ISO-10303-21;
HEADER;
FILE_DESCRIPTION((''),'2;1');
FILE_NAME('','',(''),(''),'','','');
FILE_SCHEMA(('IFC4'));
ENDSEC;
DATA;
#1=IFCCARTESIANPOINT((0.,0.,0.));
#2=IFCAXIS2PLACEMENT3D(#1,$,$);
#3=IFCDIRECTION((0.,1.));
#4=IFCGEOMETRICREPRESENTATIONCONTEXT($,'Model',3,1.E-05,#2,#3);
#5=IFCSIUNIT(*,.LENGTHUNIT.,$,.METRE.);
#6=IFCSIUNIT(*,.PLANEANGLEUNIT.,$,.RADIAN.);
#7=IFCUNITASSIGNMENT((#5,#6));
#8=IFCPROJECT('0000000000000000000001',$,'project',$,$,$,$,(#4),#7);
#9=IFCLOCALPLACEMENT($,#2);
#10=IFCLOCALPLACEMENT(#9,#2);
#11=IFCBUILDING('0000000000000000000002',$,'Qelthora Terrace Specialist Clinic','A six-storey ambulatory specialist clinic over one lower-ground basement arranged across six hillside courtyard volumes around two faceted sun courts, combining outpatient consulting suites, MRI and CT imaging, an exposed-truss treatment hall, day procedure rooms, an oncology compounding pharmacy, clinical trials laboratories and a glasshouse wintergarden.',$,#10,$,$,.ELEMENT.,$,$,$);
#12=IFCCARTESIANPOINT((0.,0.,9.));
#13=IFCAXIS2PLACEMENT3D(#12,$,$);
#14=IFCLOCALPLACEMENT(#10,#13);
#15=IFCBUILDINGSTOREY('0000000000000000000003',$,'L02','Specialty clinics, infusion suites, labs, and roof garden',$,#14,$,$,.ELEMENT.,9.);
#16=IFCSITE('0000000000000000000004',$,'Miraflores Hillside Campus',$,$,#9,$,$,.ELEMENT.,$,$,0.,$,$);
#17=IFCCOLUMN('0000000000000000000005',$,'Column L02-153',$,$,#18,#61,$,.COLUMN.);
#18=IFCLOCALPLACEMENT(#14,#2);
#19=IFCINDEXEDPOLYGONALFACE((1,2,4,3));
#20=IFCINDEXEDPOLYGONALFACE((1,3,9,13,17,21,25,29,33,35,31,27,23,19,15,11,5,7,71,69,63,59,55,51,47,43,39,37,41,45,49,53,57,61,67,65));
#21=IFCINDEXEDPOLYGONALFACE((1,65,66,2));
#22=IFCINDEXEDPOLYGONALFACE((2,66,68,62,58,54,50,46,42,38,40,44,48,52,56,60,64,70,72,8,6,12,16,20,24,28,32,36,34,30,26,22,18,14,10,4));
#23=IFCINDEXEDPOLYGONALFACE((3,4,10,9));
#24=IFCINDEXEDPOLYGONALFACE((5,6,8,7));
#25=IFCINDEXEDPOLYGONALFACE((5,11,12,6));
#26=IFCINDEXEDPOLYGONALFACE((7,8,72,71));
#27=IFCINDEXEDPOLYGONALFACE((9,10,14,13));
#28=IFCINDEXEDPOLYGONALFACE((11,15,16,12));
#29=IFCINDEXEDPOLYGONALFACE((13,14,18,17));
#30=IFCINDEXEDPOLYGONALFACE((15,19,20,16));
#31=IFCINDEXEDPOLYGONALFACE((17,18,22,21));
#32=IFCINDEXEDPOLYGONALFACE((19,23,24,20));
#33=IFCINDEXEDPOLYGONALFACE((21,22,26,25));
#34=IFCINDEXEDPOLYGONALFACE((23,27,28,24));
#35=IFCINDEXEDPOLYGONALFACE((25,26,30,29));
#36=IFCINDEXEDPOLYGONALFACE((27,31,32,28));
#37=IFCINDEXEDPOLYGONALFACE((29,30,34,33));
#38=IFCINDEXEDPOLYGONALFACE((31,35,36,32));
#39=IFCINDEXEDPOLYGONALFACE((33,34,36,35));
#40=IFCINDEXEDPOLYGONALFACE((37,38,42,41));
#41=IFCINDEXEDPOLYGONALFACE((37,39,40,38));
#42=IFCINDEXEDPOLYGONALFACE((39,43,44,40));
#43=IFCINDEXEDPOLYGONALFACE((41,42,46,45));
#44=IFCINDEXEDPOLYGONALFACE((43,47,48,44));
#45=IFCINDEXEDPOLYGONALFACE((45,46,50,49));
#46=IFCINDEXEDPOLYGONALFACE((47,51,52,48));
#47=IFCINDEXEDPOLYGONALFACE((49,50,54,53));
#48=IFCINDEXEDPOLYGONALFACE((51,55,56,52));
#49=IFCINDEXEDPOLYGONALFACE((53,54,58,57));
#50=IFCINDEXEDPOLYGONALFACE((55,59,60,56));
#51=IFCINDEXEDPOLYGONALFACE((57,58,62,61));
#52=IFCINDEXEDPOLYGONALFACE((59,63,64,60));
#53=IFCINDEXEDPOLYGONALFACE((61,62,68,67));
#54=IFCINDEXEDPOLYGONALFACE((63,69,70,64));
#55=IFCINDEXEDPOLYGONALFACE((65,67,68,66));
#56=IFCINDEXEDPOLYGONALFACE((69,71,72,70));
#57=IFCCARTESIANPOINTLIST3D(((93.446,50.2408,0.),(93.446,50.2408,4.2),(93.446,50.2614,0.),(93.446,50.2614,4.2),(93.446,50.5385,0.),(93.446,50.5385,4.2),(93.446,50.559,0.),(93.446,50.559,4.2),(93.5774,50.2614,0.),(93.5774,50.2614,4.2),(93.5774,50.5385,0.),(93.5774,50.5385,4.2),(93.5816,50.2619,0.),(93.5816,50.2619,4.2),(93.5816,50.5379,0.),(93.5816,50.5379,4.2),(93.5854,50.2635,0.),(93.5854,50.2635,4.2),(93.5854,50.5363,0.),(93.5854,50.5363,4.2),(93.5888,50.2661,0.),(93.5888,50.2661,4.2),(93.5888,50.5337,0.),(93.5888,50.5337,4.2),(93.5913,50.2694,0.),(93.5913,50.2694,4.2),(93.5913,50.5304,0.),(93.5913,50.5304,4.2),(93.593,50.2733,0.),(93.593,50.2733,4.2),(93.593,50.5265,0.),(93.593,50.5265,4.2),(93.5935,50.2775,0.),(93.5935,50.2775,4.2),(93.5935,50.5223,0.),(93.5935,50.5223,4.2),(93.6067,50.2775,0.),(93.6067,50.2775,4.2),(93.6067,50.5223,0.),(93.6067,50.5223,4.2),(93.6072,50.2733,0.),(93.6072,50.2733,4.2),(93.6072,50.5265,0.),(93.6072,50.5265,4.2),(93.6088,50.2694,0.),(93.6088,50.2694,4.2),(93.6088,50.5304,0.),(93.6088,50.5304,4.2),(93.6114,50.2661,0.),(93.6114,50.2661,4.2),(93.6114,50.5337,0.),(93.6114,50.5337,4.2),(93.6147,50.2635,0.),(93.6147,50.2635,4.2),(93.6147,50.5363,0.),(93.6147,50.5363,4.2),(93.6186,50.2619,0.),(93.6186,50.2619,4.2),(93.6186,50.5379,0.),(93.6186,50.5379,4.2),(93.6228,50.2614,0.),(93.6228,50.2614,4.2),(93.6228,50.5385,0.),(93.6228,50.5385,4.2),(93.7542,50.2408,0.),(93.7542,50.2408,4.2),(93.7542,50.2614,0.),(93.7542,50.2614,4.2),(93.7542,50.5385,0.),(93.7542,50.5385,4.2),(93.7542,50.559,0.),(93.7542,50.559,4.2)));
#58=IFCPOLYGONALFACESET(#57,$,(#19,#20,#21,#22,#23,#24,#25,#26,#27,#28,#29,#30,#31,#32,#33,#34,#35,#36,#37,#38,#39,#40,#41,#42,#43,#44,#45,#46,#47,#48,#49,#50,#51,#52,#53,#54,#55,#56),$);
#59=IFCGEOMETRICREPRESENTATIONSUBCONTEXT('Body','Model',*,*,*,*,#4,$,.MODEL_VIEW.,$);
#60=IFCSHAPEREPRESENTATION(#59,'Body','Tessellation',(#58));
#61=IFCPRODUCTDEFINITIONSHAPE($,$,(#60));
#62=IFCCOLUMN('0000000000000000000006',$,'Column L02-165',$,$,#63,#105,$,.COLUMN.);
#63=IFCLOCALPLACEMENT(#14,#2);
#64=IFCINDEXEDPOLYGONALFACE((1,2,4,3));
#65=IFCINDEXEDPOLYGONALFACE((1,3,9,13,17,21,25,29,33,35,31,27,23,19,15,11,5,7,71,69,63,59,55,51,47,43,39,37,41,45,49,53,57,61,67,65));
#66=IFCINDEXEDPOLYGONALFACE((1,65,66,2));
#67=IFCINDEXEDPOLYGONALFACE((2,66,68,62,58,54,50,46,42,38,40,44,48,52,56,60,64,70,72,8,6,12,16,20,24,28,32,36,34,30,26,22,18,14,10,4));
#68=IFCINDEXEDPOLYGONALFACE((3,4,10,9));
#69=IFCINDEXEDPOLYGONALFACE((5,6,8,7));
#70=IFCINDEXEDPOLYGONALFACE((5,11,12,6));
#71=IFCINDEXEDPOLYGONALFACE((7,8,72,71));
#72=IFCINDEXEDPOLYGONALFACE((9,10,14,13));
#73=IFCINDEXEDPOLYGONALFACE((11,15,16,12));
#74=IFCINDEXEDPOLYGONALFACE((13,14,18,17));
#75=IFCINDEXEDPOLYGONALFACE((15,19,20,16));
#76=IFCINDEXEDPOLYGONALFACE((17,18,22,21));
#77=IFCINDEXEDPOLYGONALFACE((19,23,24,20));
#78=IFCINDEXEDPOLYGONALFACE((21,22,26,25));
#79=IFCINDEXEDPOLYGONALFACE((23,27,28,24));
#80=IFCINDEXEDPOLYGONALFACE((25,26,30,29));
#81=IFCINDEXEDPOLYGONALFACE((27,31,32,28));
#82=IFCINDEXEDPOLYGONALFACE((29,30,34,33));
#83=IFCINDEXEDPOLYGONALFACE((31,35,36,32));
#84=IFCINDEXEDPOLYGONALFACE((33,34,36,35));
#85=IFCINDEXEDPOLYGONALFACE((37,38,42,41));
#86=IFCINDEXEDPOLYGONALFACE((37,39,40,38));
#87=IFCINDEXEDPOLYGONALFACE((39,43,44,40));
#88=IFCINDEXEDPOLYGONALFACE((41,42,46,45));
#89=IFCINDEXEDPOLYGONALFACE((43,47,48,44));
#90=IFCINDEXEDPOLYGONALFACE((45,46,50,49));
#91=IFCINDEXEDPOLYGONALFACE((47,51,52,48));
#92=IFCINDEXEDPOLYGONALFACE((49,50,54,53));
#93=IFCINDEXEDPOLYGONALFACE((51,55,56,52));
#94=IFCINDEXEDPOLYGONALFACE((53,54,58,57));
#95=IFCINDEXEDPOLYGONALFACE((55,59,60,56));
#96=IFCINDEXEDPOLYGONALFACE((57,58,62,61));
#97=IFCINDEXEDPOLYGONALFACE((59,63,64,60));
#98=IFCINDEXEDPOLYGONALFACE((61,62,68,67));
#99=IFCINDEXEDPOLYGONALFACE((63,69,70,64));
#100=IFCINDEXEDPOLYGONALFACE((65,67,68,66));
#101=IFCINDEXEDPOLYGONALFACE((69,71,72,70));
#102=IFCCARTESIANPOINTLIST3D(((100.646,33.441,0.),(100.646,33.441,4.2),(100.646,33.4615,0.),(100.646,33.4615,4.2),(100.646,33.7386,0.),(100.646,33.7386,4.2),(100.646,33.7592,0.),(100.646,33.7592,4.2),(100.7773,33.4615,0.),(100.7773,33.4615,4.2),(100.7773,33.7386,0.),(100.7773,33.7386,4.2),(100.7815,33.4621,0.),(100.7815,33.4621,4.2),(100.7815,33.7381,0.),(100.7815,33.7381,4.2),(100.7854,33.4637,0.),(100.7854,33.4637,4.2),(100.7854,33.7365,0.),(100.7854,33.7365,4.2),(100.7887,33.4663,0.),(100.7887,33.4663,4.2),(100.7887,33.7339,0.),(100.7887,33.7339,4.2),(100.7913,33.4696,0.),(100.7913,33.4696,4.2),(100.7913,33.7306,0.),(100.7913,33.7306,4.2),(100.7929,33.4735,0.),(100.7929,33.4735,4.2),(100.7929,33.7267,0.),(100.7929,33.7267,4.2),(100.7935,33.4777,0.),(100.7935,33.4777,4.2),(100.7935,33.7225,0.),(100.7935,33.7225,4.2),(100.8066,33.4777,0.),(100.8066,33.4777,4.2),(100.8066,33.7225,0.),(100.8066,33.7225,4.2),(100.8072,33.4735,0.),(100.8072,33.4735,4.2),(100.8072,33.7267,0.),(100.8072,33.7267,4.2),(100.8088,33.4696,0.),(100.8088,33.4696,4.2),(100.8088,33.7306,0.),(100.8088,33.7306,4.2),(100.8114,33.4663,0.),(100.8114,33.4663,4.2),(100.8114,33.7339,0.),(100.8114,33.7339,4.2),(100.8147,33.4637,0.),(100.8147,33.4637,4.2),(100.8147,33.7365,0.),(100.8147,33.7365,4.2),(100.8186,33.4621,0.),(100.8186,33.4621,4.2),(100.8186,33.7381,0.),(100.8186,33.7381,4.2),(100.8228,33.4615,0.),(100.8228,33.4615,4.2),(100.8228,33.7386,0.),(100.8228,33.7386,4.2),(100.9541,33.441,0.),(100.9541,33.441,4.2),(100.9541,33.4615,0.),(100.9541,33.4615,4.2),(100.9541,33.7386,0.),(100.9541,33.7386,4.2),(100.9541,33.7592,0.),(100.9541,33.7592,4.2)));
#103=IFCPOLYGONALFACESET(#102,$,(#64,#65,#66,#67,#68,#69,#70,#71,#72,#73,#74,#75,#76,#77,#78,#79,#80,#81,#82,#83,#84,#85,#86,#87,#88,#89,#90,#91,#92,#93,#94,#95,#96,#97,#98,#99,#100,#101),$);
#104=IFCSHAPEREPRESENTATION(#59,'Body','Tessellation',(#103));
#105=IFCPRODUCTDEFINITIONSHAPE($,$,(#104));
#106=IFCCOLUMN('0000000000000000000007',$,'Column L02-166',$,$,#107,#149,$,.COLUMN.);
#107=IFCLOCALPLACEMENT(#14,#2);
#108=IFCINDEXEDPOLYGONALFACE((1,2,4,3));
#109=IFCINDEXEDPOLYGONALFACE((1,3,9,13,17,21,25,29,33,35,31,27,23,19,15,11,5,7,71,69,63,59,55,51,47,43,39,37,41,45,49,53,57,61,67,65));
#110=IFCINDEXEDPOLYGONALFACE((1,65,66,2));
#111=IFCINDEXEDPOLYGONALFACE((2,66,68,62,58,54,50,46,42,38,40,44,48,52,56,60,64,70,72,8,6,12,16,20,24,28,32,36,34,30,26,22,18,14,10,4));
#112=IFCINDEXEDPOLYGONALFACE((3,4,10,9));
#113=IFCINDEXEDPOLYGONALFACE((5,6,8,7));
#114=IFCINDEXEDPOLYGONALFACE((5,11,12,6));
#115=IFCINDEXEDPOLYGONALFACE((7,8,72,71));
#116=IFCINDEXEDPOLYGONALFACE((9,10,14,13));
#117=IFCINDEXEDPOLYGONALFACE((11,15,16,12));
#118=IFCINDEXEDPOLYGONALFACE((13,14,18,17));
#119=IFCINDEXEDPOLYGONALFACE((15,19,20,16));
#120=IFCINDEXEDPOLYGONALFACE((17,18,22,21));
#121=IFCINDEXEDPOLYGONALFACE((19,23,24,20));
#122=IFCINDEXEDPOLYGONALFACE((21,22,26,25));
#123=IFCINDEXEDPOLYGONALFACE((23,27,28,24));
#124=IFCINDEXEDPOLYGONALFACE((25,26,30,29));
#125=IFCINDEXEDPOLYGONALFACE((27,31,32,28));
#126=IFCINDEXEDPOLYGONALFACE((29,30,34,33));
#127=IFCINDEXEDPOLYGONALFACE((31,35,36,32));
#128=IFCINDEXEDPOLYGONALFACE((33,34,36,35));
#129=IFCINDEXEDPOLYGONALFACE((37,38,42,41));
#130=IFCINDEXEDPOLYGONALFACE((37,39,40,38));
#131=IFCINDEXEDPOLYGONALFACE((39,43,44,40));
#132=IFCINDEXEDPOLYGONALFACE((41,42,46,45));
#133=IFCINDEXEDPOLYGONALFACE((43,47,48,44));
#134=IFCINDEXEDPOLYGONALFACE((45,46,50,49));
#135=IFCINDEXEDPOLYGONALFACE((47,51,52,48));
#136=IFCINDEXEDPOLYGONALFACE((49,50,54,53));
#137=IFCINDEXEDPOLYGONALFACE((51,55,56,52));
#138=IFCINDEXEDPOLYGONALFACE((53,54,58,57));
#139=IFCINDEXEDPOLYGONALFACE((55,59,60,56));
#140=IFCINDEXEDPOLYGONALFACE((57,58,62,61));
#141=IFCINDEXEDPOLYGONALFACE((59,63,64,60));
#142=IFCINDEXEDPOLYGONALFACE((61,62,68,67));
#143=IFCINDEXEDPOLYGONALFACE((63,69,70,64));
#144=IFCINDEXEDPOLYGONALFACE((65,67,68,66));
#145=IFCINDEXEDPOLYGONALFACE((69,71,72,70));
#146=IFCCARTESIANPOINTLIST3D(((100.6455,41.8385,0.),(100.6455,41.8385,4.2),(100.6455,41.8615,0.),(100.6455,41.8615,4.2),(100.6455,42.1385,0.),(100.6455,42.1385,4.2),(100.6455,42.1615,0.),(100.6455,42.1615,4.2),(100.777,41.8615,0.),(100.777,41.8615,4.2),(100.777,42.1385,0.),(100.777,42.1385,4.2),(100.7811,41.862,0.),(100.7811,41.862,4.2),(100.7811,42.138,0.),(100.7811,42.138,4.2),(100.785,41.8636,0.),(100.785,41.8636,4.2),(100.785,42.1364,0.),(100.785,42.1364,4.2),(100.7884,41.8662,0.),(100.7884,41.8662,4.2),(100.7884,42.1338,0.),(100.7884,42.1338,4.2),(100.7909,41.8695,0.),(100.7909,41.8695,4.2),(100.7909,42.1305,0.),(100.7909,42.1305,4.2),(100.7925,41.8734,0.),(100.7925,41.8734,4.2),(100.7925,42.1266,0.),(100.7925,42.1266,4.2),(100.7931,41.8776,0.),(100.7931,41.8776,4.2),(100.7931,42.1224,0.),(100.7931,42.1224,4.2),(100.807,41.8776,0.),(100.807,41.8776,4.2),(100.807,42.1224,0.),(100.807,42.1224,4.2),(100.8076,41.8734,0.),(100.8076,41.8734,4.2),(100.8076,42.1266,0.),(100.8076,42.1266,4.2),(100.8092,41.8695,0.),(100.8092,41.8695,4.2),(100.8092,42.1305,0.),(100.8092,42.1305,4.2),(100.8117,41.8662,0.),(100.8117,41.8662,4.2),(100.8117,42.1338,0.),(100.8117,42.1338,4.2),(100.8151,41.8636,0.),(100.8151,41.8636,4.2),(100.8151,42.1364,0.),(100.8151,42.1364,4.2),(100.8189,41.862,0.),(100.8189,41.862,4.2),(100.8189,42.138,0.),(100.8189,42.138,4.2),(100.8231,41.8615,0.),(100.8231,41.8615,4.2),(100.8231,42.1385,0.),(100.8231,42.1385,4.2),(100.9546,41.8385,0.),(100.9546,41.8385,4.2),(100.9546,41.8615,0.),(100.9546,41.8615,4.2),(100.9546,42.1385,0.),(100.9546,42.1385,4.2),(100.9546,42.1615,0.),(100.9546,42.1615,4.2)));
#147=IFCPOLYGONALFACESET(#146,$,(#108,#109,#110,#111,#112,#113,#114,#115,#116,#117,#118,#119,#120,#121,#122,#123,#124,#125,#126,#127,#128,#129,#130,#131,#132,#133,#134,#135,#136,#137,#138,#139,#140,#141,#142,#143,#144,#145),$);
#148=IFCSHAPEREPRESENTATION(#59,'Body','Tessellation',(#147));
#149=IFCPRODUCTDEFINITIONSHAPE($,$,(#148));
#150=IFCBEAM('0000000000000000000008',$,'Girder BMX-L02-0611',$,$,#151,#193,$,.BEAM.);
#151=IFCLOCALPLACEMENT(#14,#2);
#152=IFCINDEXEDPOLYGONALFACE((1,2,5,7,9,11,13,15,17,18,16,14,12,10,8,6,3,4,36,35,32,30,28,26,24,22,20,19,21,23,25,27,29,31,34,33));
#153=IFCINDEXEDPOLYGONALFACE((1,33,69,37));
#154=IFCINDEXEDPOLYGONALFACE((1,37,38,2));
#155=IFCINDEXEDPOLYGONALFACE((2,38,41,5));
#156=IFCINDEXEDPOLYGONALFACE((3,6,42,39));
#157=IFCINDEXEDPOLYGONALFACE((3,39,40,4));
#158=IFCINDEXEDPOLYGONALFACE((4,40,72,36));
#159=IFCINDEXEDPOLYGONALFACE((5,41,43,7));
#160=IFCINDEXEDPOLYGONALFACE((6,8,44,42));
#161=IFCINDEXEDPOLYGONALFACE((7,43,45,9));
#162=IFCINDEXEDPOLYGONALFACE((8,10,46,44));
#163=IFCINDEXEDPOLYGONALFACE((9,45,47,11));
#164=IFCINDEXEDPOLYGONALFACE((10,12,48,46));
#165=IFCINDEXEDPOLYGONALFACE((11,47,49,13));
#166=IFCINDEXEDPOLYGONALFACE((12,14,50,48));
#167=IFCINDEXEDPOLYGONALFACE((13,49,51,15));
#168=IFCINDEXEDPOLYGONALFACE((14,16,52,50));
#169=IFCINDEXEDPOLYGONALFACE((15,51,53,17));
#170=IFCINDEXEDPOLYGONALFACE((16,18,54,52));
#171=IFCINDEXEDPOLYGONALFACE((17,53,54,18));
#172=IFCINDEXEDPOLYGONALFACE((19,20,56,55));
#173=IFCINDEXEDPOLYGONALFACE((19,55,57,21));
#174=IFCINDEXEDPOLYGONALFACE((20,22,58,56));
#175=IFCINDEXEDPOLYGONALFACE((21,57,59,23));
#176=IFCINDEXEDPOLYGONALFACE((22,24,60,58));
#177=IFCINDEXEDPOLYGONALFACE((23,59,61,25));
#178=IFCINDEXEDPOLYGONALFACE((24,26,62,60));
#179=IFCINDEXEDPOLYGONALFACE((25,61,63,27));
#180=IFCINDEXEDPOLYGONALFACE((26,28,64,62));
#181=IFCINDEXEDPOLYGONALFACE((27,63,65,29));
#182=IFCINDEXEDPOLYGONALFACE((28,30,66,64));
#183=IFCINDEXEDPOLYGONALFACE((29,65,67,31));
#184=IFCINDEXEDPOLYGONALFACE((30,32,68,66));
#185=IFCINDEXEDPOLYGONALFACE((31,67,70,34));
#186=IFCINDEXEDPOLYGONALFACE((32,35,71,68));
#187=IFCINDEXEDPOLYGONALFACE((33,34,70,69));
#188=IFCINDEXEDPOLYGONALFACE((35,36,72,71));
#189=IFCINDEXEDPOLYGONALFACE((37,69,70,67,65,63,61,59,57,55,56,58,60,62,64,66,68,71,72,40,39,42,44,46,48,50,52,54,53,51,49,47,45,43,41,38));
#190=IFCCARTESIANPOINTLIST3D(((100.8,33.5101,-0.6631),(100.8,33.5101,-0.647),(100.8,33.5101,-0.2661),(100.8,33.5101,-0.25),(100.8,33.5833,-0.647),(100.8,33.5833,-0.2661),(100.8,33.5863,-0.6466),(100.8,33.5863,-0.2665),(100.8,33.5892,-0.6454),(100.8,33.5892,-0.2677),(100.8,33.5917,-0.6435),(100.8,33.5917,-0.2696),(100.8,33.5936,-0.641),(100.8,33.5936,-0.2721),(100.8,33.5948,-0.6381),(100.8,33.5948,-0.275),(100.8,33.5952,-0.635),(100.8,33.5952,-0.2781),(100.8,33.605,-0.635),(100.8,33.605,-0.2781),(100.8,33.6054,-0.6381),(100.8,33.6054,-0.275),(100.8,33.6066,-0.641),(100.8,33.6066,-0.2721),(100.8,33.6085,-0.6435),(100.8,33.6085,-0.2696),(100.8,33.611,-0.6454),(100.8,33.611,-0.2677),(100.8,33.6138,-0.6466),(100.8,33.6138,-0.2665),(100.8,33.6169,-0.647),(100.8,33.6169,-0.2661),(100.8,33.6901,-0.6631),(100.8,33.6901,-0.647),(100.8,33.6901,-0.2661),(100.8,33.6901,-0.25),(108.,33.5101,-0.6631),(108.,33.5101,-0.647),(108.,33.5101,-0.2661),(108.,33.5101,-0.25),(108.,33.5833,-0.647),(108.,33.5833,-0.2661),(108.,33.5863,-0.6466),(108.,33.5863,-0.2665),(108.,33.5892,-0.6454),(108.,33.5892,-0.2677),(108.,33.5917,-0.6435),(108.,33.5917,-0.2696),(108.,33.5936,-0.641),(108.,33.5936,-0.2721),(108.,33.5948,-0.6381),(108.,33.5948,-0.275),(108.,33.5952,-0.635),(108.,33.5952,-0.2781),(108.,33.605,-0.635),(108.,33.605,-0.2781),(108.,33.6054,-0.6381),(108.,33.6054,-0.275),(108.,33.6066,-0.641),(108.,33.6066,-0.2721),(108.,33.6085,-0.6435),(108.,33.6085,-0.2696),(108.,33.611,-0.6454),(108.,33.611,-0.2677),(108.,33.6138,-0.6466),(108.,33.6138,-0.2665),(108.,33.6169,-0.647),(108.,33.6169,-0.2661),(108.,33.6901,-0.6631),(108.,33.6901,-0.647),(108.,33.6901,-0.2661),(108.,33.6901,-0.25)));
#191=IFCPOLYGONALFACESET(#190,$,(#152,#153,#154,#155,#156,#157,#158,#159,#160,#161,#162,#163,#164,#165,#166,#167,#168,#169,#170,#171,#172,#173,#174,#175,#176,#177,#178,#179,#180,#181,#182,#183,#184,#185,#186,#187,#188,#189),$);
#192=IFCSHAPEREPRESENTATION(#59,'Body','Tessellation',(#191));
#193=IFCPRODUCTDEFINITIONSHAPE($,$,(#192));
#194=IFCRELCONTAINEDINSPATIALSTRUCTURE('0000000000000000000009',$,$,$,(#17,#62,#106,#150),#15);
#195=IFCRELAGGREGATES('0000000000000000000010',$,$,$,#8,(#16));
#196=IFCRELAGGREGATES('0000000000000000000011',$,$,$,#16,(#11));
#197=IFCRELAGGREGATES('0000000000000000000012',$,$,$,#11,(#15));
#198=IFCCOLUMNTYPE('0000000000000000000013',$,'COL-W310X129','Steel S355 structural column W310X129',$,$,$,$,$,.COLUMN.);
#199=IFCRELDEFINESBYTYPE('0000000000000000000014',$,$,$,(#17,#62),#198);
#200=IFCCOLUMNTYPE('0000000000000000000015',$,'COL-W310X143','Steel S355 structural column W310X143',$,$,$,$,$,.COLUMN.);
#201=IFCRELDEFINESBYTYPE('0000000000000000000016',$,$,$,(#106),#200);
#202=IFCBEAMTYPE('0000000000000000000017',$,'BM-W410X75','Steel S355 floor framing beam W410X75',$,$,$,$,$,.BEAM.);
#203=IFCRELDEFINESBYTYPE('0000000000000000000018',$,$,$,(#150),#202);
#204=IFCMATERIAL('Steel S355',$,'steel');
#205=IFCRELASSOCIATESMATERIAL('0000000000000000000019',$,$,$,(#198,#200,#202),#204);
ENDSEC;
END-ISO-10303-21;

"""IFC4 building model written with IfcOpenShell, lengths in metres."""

from ifc_helpers import new_model, si_unit, direction, frame, origin, origin_2d, place, context, subcontext, project, spatial, i_section, extrude, material, material_profile, profile_set, type_object, element, save


model = new_model("IFC4")

# Units and contexts
model_context = context("Model", 3, precision=1e-05, world=origin(), true_north=direction((0.0, 1.0)))
body_context = subcontext(model_context, "Body", "Model", "MODEL_VIEW")
ifc_project = project(units=[si_unit("LENGTHUNIT", "METRE"), si_unit("PLANEANGLEUNIT", "RADIAN")], contexts=[model_context])

# Site, building, storey
site_placement = place(None, origin())
site = spatial("IfcSite", under=ifc_project, at=site_placement, Name="Miraflores Hillside Campus", CompositionType="ELEMENT", RefElevation=0.0)
building_placement = place(site_placement, origin())
building = spatial("IfcBuilding", under=site, at=building_placement, Name="Qelthora Terrace Specialist Clinic", Description="A six-storey ambulatory specialist clinic over one lower-ground basement arranged across six hillside courtyard volumes around two faceted sun courts, combining outpatient consulting suites, MRI and CT imaging, an exposed-truss treatment hall, day procedure rooms, an oncology compounding pharmacy, clinical trials laboratories and a glasshouse wintergarden.", CompositionType="ELEMENT")
storey_placement = place(building_placement, frame((0.0, 0.0, 9.0)))
storey = spatial("IfcBuildingStorey", under=building, at=storey_placement, Name="L02", Description="Specialty clinics, infusion suites, labs, and roof garden", CompositionType="ELEMENT", Elevation=9.0)

# Columns
ifc_material_1 = material(Name="Steel S355", Category="steel")
ifc_material_profile_1 = material_profile(ifc_material_1, i_section(OverallWidth=0.3081, OverallDepth=0.3181, WebThickness=0.0132, FlangeThickness=0.0205, FilletRadius=0.0161, at=origin_2d()), Name="W310X129")
ifc_profile_set_1 = profile_set([ifc_material_profile_1], Name="Steel S355")
column_type_1 = type_object("IfcColumnType", Name="COL-W310X129", Description="Steel S355 structural column W310X129", PredefinedType="COLUMN", material=ifc_profile_set_1)
for number, where, z_axis, x_axis, name in (
    (1, (93.6001, 50.3999, 0.0), (0.0, 0.0, 1.0), (1.0, 0.0, 0.0), "Column L02-153"),
    (2, (100.8, 33.6001, 0.0), (0.0, 0.0, 1.0), (1.0, 0.0, 0.0), "Column L02-165"),
):
    element("IfcColumn", number, at=place(storey_placement, frame(where, z_axis=z_axis, x_axis=x_axis)), inside=storey, type_object=column_type_1, Name=name, PredefinedType="COLUMN", context=body_context, shape_type="SweptSolid", body=[
        extrude(i_section(OverallWidth=0.3081, OverallDepth=0.3181, WebThickness=0.0132, FlangeThickness=0.0205, FilletRadius=0.0161, at=origin_2d()), origin(), (0.0, 0.0, 1.0), 4.2),
    ])
ifc_material_profile_2 = material_profile(ifc_material_1, i_section(OverallWidth=0.3091, OverallDepth=0.323, WebThickness=0.0139, FlangeThickness=0.0229, FilletRadius=0.0161, at=origin_2d()), Name="W310X143")
ifc_profile_set_2 = profile_set([ifc_material_profile_2], Name="Steel S355")
column_type_2 = type_object("IfcColumnType", Name="COL-W310X143", Description="Steel S355 structural column W310X143", PredefinedType="COLUMN", material=ifc_profile_set_2)
column_placement = place(storey_placement, frame((100.8, 42.0, 0.0), z_axis=(0.0, 0.0, 1.0), x_axis=(1.0, 0.0, 0.0)))
element("IfcColumn", 3, at=column_placement, inside=storey, type_object=column_type_2, Name="Column L02-166", PredefinedType="COLUMN", context=body_context, shape_type="SweptSolid", body=[
    extrude(i_section(OverallWidth=0.3091, OverallDepth=0.323, WebThickness=0.0139, FlangeThickness=0.0229, FilletRadius=0.0161, at=origin_2d()), origin(), (0.0, 0.0, 1.0), 4.2),
])

# Beam
ifc_material_profile_3 = material_profile(ifc_material_1, i_section(OverallWidth=0.1799, OverallDepth=0.4131, WebThickness=0.0098, FlangeThickness=0.0161, FilletRadius=0.012, at=origin_2d()), Name="W410X75")
ifc_profile_set_3 = profile_set([ifc_material_profile_3], Name="Steel S355")
beam_type_1 = type_object("IfcBeamType", Name="BM-W410X75", Description="Steel S355 floor framing beam W410X75", PredefinedType="BEAM", material=ifc_profile_set_3)
for number, where, z_axis, x_axis, name in (
    (4, (100.8, 33.6001, -0.4565), (1.0, 0.0, 0.0), (0.0, 1.0, 0.0), "Girder BMX-L02-0611"),
):
    element("IfcBeam", number, at=place(storey_placement, frame(where, z_axis=z_axis, x_axis=x_axis)), inside=storey, type_object=beam_type_1, Name=name, PredefinedType="BEAM", context=body_context, shape_type="SweptSolid", body=[
        extrude(i_section(OverallWidth=0.1799, OverallDepth=0.4131, WebThickness=0.0098, FlangeThickness=0.0161, FilletRadius=0.012, at=origin_2d()), origin(), (0.0, 0.0, 1.0), 7.2),
    ])

save(model, "model.ifc")
